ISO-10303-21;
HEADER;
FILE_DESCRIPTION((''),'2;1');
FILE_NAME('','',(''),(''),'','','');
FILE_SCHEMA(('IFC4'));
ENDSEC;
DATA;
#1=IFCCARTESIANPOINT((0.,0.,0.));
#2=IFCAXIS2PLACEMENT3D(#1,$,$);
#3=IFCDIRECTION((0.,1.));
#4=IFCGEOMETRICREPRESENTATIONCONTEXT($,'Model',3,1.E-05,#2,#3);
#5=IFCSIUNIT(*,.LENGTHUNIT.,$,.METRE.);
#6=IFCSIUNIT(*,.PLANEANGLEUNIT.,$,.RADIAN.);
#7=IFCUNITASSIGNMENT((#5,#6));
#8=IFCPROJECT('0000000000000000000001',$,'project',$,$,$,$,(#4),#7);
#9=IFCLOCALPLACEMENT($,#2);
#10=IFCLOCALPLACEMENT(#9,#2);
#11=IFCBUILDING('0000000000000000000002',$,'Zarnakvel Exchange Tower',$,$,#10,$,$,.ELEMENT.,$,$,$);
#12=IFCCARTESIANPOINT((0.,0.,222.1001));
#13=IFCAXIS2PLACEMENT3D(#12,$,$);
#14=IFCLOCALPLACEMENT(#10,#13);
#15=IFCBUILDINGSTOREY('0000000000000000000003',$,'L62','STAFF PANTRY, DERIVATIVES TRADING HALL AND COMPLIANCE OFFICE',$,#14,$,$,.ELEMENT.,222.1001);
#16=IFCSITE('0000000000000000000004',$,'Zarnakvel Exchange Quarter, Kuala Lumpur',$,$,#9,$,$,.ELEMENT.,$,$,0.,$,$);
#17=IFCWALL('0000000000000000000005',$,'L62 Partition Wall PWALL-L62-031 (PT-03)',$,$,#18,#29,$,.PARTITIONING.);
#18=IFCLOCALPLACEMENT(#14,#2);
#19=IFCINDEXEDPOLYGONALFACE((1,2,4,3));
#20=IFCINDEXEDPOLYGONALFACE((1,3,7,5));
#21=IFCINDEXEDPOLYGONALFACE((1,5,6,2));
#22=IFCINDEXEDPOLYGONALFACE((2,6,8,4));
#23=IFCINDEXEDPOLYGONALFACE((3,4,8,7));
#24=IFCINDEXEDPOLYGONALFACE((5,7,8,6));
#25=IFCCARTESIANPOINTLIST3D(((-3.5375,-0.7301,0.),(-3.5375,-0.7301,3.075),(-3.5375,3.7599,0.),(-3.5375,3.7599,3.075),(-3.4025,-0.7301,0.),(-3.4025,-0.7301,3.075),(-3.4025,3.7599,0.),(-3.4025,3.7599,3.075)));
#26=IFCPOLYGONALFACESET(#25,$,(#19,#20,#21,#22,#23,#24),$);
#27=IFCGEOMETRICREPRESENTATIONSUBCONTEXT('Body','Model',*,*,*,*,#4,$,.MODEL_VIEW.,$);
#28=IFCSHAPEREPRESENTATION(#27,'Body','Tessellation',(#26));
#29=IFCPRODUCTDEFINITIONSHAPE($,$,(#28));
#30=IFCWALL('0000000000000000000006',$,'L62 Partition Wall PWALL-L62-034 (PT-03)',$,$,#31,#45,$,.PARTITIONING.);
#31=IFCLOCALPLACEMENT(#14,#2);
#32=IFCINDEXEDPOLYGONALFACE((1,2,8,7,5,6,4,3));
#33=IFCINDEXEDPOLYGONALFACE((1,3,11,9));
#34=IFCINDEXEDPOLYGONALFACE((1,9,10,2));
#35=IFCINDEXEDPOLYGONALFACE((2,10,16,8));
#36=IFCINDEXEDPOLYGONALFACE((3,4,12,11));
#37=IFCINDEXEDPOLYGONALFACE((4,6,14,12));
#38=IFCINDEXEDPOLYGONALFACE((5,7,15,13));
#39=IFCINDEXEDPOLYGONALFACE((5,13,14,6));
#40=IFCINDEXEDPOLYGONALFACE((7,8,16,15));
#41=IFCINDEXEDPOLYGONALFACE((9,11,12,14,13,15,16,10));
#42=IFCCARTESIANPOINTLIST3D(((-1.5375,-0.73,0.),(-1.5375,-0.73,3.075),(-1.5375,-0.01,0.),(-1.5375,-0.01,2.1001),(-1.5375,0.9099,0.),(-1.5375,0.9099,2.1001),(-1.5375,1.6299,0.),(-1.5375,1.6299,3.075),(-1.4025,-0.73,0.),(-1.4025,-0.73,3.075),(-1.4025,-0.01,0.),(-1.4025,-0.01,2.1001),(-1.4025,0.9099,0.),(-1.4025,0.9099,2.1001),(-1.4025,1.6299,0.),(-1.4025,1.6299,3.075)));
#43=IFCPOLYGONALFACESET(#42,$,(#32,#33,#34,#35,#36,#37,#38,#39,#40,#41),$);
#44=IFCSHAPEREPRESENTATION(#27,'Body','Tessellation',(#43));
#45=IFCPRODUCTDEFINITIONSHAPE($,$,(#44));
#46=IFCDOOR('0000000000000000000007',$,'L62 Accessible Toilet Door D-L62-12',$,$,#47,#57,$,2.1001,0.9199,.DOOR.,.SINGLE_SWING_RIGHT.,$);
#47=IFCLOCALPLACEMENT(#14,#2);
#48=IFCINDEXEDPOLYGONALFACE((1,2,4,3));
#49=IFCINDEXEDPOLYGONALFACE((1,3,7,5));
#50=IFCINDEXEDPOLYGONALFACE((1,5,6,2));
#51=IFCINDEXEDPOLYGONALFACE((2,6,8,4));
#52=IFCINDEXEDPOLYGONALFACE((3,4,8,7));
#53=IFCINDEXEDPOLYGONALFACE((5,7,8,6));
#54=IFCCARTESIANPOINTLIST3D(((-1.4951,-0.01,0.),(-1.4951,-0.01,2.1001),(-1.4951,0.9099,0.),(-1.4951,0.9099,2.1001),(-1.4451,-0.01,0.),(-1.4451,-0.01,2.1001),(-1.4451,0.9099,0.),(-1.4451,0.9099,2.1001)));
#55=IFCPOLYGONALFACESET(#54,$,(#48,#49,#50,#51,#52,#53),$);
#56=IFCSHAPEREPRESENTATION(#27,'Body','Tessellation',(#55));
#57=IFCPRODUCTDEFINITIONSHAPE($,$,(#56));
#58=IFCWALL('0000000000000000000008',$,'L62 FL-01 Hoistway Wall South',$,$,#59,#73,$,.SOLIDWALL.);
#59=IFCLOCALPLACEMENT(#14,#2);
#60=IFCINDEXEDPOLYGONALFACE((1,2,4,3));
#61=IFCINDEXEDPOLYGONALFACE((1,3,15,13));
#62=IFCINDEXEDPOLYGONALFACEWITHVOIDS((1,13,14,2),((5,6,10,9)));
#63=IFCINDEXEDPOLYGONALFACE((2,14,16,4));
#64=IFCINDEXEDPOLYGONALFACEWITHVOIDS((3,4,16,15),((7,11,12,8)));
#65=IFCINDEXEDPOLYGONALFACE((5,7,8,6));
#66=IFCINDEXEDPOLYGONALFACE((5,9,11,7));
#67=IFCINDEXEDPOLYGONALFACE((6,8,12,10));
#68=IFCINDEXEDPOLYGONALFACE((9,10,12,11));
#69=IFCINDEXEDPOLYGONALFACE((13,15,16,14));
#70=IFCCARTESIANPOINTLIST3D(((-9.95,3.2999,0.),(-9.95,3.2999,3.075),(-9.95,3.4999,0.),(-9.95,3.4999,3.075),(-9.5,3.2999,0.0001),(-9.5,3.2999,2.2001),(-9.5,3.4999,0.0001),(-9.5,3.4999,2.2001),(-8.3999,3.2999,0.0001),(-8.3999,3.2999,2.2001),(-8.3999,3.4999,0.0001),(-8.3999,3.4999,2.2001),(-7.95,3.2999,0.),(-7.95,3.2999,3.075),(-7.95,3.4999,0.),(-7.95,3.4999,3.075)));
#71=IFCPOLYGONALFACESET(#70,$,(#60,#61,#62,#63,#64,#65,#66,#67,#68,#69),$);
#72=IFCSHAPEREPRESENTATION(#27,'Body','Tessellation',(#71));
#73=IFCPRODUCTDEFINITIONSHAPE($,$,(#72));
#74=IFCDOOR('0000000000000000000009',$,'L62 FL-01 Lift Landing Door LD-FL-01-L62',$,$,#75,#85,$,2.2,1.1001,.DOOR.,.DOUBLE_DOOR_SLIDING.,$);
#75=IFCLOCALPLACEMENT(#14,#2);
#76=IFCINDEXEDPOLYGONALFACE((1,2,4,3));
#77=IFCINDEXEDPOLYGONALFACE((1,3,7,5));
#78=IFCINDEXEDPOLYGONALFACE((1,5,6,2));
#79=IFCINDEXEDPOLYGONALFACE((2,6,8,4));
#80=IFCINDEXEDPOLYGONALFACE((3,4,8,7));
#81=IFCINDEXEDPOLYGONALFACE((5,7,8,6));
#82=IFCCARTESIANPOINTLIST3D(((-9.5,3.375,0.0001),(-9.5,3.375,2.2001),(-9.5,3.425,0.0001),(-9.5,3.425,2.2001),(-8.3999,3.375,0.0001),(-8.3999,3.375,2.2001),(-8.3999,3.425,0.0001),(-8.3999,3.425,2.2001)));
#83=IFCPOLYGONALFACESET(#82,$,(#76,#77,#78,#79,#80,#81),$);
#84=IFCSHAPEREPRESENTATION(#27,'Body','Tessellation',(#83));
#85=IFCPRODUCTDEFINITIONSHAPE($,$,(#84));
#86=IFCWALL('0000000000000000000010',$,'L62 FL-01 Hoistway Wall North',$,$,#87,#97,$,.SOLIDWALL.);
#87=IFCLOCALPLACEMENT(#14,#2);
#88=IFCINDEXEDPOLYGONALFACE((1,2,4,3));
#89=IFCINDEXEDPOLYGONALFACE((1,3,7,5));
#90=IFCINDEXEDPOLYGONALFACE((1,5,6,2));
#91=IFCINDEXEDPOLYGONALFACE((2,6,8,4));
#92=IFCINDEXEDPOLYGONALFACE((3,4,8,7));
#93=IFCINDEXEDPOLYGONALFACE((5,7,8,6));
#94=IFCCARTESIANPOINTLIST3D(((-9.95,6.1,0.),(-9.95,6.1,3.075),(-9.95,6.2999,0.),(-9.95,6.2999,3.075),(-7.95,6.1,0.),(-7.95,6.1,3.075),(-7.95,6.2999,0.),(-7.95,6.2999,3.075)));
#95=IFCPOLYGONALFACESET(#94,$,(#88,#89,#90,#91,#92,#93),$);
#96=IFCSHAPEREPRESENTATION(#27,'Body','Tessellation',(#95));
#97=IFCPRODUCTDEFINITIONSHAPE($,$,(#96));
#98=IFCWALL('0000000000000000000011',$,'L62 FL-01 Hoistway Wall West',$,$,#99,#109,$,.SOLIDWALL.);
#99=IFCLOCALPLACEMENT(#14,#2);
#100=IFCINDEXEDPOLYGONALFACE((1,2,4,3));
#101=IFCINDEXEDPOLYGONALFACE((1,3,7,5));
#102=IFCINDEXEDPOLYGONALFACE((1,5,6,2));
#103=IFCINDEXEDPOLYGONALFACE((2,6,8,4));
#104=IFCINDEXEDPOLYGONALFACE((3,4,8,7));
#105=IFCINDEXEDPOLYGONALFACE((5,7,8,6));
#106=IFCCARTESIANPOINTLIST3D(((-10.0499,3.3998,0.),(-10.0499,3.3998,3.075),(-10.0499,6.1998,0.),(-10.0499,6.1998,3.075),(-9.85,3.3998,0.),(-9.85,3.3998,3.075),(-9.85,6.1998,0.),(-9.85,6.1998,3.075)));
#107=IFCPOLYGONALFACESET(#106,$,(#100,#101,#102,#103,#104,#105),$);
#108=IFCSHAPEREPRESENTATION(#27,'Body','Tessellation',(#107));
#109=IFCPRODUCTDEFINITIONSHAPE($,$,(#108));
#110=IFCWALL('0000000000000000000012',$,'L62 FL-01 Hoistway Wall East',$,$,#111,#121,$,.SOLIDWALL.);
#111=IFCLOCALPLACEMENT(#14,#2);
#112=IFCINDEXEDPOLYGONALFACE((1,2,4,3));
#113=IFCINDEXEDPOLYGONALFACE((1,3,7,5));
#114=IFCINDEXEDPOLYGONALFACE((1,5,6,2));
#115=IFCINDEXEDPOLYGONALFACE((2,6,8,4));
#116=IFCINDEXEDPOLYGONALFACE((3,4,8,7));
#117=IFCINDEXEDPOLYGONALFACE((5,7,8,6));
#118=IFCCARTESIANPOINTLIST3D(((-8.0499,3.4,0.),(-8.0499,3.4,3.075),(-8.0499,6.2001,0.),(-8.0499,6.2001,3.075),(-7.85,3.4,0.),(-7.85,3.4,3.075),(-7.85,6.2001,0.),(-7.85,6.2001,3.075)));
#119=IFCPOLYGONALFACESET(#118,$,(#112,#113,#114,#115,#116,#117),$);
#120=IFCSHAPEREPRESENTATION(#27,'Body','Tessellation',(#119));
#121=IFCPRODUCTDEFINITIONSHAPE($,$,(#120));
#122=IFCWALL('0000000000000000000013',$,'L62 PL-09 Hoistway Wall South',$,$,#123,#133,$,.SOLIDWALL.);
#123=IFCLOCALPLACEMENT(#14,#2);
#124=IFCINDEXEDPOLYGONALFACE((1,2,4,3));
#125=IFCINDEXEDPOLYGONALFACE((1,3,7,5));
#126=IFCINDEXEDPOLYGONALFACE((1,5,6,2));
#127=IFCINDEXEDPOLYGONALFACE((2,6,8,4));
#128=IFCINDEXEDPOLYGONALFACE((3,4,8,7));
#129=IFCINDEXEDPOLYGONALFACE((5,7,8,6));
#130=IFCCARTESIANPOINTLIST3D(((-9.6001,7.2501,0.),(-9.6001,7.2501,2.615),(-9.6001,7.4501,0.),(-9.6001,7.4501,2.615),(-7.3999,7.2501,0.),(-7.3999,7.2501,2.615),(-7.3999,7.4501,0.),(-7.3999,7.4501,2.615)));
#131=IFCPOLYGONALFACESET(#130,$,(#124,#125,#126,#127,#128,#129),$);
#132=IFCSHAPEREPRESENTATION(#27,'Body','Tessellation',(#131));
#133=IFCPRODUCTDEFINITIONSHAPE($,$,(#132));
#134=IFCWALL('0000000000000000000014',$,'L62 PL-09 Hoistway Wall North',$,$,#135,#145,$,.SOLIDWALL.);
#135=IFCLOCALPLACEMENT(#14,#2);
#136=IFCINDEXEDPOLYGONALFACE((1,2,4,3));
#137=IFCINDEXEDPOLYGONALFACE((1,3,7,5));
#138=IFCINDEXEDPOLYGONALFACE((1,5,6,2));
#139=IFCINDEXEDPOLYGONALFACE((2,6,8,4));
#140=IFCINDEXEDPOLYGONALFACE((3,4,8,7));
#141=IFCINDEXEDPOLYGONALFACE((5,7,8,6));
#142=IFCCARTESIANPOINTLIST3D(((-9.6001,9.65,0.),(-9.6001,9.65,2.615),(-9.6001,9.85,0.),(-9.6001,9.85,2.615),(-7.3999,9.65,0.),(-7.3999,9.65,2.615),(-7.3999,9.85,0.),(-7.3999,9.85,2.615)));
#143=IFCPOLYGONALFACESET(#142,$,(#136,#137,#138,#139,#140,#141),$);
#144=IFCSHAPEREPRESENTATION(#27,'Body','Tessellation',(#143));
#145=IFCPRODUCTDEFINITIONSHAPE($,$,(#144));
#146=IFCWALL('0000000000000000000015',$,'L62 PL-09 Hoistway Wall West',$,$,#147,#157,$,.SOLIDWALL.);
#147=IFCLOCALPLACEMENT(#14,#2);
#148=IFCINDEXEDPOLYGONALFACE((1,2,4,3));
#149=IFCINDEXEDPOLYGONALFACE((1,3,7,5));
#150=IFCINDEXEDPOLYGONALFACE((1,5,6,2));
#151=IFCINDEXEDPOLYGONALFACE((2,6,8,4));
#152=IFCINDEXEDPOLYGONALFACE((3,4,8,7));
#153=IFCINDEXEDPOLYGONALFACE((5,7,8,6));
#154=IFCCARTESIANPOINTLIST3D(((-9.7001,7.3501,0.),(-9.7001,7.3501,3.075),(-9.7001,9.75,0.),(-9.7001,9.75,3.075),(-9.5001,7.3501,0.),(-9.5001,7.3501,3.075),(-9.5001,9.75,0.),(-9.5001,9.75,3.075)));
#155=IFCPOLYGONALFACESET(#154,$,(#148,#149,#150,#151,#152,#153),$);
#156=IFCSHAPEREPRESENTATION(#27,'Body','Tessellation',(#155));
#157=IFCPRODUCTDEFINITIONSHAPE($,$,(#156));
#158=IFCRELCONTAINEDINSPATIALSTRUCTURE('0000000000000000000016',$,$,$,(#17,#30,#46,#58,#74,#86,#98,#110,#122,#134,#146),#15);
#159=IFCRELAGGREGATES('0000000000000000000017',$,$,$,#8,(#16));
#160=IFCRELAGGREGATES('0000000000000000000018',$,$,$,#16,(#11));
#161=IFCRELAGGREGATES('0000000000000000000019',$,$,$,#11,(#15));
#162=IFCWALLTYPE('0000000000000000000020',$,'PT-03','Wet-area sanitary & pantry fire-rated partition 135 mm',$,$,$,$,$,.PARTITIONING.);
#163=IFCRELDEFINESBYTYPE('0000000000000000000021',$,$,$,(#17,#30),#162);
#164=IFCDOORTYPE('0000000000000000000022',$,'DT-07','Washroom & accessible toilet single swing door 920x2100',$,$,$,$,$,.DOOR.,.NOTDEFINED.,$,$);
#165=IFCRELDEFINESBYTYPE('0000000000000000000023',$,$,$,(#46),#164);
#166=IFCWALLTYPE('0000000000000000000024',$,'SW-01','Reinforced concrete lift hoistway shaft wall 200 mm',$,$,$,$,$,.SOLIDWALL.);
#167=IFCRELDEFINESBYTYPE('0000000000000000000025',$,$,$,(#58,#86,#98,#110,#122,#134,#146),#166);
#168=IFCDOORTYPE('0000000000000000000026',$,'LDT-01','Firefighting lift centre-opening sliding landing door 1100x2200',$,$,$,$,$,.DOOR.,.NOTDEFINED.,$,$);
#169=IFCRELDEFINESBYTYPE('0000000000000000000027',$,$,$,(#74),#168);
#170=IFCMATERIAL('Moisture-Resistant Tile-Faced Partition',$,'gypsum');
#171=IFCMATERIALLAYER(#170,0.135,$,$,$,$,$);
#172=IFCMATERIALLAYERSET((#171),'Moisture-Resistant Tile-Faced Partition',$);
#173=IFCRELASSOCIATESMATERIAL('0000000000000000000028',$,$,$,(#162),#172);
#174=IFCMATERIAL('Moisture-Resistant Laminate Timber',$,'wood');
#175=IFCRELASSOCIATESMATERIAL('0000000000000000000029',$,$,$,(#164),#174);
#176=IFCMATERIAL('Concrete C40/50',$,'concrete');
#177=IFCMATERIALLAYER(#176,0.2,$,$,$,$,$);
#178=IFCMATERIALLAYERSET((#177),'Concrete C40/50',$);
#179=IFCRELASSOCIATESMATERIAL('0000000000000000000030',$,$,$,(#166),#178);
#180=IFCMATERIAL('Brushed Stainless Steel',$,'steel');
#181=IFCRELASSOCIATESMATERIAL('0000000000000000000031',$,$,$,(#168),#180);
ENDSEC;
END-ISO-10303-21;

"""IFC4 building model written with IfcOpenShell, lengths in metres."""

from ifc_helpers import new_model, si_unit, direction, frame, frame_2d, origin, place, context, subcontext, project, spatial, rectangle, extrude, source, transform, mapped, material, layer, layer_set, type_object, element, fill, save


model = new_model("IFC4")

# Units and contexts
model_context = context("Model", 3, precision=1e-05, world=origin(), true_north=direction((0.0, 1.0)))
body_context = subcontext(model_context, "Body", "Model", "MODEL_VIEW")
ifc_project = project(units=[si_unit("LENGTHUNIT", "METRE"), si_unit("PLANEANGLEUNIT", "RADIAN")], contexts=[model_context])

# Site, building, storey
site_placement = place(None, origin())
site = spatial("IfcSite", under=ifc_project, at=site_placement, Name="Zarnakvel Exchange Quarter, Kuala Lumpur", CompositionType="ELEMENT", RefElevation=0.0)
building_placement = place(site_placement, origin())
building = spatial("IfcBuilding", under=site, at=building_placement, Name="Zarnakvel Exchange Tower", CompositionType="ELEMENT")
storey_placement = place(building_placement, frame((0.0, 0.0, 222.1001)))
storey = spatial("IfcBuildingStorey", under=building, at=storey_placement, Name="L62", Description="STAFF PANTRY, DERIVATIVES TRADING HALL AND COMPLIANCE OFFICE", CompositionType="ELEMENT", Elevation=222.1001)

# Wall
ifc_material_1 = material(Name="Moisture-Resistant Tile-Faced Partition", Category="gypsum")
ifc_layer_1 = layer(ifc_material_1, 0.135)
ifc_layer_set_1 = layer_set([ifc_layer_1], Name="Moisture-Resistant Tile-Faced Partition")
wall_type_1 = type_object("IfcWallType", Name="PT-03", Description="Wet-area sanitary & pantry fire-rated partition 135 mm", PredefinedType="PARTITIONING", material=ifc_layer_set_1)
wall_1_placement = place(storey_placement, frame((-3.47, 3.76, 0.0), z_axis=(0.0, 0.0, 1.0), x_axis=(0.0, -1.0, 0.0)))
element("IfcWall", 1, at=wall_1_placement, inside=storey, type_object=wall_type_1, Name="L62 Partition Wall PWALL-L62-031 (PT-03)", PredefinedType="PARTITIONING", context=body_context, shape_type="SweptSolid", body=[
    extrude(rectangle(XDim=4.49, YDim=0.135, at=frame_2d((2.2451, 0.0))), origin(), (0.0, 0.0, 1.0), 3.075),
])

# Walls, openings, doors
wall_2_placement = place(storey_placement, frame((-1.47, 1.6299, 0.0), z_axis=(0.0, 0.0, 1.0), x_axis=(0.0, -1.0, 0.0)))
wall_2 = element("IfcWall", 2, at=wall_2_placement, inside=storey, type_object=wall_type_1, Name="L62 Partition Wall PWALL-L62-034 (PT-03)", PredefinedType="PARTITIONING", context=body_context, shape_type="SweptSolid", body=[
    extrude(rectangle(XDim=2.3599, YDim=0.135, at=frame_2d((1.1799, 0.0))), origin(), (0.0, 0.0, 1.0), 3.075),
])
opening_1_placement = place(wall_2_placement, frame((0.72, 0.0, 0.0)))
opening_1 = element("IfcOpeningElement", 3, at=opening_1_placement, cuts=wall_2, PredefinedType="OPENING", context=body_context, shape_type="SweptSolid", body=[
    extrude(rectangle(XDim=0.9199, YDim=2.1001, at=frame_2d((0.46, 1.05))), frame((0.0, 0.0774, 0.0), z_axis=(0.0, -1.0, 0.0), x_axis=(1.0, 0.0, 0.0)), (0.0, 0.0, 1.0), 0.155),
])
ifc_material_2 = material(Name="Moisture-Resistant Laminate Timber", Category="wood")
door_type_1 = type_object("IfcDoorType", Name="DT-07", Description="Washroom & accessible toilet single swing door 920x2100", OperationType="NOTDEFINED", PredefinedType="DOOR", material=ifc_material_2)
shared_shape_1 = source(origin(), body_context, "Body", "SweptSolid", [
    extrude(rectangle(XDim=0.9199, YDim=2.1001, at=frame_2d((0.46, 1.05))), frame((0.0, 0.0249, 0.0), z_axis=(0.0, -1.0, 0.0), x_axis=(1.0, 0.0, 0.0)), (0.0, 0.0, 1.0), 0.05),
])
door_1_placement = place(opening_1_placement, origin())
door_1 = element("IfcDoor", 4, at=door_1_placement, inside=storey, type_object=door_type_1, Name="L62 Accessible Toilet Door D-L62-12", OperationType="SINGLE_SWING_RIGHT", OverallHeight=2.1001, OverallWidth=0.9199, PredefinedType="DOOR", context=body_context, shape_type="MappedRepresentation", body=[
    mapped(shared_shape_1, transform((0.0, 0.0, 0.0), x_axis=(1.0, 0.0, 0.0), y_axis=(0.0, 1.0, 0.0), z_axis=(0.0, 0.0, 1.0), scale=1.0)),
])
fill(opening_1, door_1)
ifc_material_3 = material(Name="Concrete C40/50", Category="concrete")
ifc_layer_2 = layer(ifc_material_3, 0.2)
ifc_layer_set_2 = layer_set([ifc_layer_2], Name="Concrete C40/50")
wall_type_2 = type_object("IfcWallType", Name="SW-01", Description="Reinforced concrete lift hoistway shaft wall 200 mm", PredefinedType="SOLIDWALL", material=ifc_layer_set_2)
wall_3_placement = place(storey_placement, frame((-7.95, 3.3999, 0.0), z_axis=(0.0, 0.0, 1.0), x_axis=(-1.0, 0.0, 0.0)))
wall_3 = element("IfcWall", 5, at=wall_3_placement, inside=storey, type_object=wall_type_2, Name="L62 FL-01 Hoistway Wall South", PredefinedType="SOLIDWALL", context=body_context, shape_type="SweptSolid", body=[
    extrude(rectangle(XDim=2.0, YDim=0.2, at=frame_2d((1.0, 0.0))), origin(), (0.0, 0.0, 1.0), 3.075),
])
opening_2_placement = place(wall_3_placement, frame((0.45, 0.0, 0.0)))
opening_2 = element("IfcOpeningElement", 6, at=opening_2_placement, cuts=wall_3, PredefinedType="OPENING", context=body_context, shape_type="SweptSolid", body=[
    extrude(rectangle(XDim=1.1001, YDim=2.2, at=frame_2d((0.55, 1.1001))), frame((0.0, 0.1099, 0.0), z_axis=(0.0, -1.0, 0.0), x_axis=(1.0, 0.0, 0.0)), (0.0, 0.0, 1.0), 0.22),
])
ifc_material_4 = material(Name="Brushed Stainless Steel", Category="steel")
door_type_2 = type_object("IfcDoorType", Name="LDT-01", Description="Firefighting lift centre-opening sliding landing door 1100x2200", OperationType="NOTDEFINED", PredefinedType="DOOR", material=ifc_material_4)
shared_shape_2 = source(origin(), body_context, "Body", "SweptSolid", [
    extrude(rectangle(XDim=1.1001, YDim=2.2, at=frame_2d((0.55, 1.1001))), frame((0.0, 0.0249, 0.0), z_axis=(0.0, -1.0, 0.0), x_axis=(1.0, 0.0, 0.0)), (0.0, 0.0, 1.0), 0.05),
])
door_2_placement = place(opening_2_placement, origin())
door_2 = element("IfcDoor", 7, at=door_2_placement, inside=storey, type_object=door_type_2, Name="L62 FL-01 Lift Landing Door LD-FL-01-L62", OperationType="DOUBLE_DOOR_SLIDING", OverallHeight=2.2, OverallWidth=1.1001, PredefinedType="DOOR", context=body_context, shape_type="MappedRepresentation", body=[
    mapped(shared_shape_2, transform((0.0, 0.0, 0.0), x_axis=(1.0, 0.0, 0.0), y_axis=(0.0, 1.0, 0.0), z_axis=(0.0, 0.0, 1.0), scale=1.0)),
])
fill(opening_2, door_2)

# Walls
wall_4_placement = place(storey_placement, frame((-9.95, 6.2, 0.0), z_axis=(0.0, 0.0, 1.0), x_axis=(1.0, 0.0, 0.0)))
element("IfcWall", 8, at=wall_4_placement, inside=storey, type_object=wall_type_2, Name="L62 FL-01 Hoistway Wall North", PredefinedType="SOLIDWALL", context=body_context, shape_type="SweptSolid", body=[
    extrude(rectangle(XDim=2.0, YDim=0.2, at=frame_2d((1.0, 0.0))), origin(), (0.0, 0.0, 1.0), 3.075),
])
for number, where, z_axis, x_axis, name in (
    (9, (-9.95, 3.3999, 0.0), (0.0, 0.0, 1.0), (0.0, 1.0, 0.0), "L62 FL-01 Hoistway Wall West"),
    (10, (-7.95, 6.2, 0.0), (0.0, 0.0, 1.0), (0.0, -1.0, 0.0), "L62 FL-01 Hoistway Wall East"),
):
    element("IfcWall", number, at=place(storey_placement, frame(where, z_axis=z_axis, x_axis=x_axis)), inside=storey, type_object=wall_type_2, Name=name, PredefinedType="SOLIDWALL", context=body_context, shape_type="SweptSolid", body=[
        extrude(rectangle(XDim=2.8, YDim=0.2, at=frame_2d((1.3999, 0.0))), origin(), (0.0, 0.0, 1.0), 3.075),
    ])
for number, where, z_axis, x_axis, name in (
    (11, (-7.3999, 7.3501, 0.0), (0.0, 0.0, 1.0), (-1.0, 0.0, 0.0), "L62 PL-09 Hoistway Wall South"),
    (12, (-9.6001, 9.75, 0.0), (0.0, 0.0, 1.0), (1.0, 0.0, 0.0), "L62 PL-09 Hoistway Wall North"),
):
    element("IfcWall", number, at=place(storey_placement, frame(where, z_axis=z_axis, x_axis=x_axis)), inside=storey, type_object=wall_type_2, Name=name, PredefinedType="SOLIDWALL", context=body_context, shape_type="SweptSolid", body=[
        extrude(rectangle(XDim=2.2002, YDim=0.2, at=frame_2d((1.1001, 0.0))), origin(), (0.0, 0.0, 1.0), 2.615),
    ])
wall_5_placement = place(storey_placement, frame((-9.6001, 7.3501, 0.0), z_axis=(0.0, 0.0, 1.0), x_axis=(0.0, 1.0, 0.0)))
element("IfcWall", 13, at=wall_5_placement, inside=storey, type_object=wall_type_2, Name="L62 PL-09 Hoistway Wall West", PredefinedType="SOLIDWALL", context=body_context, shape_type="SweptSolid", body=[
    extrude(rectangle(XDim=2.3999, YDim=0.2, at=frame_2d((1.2, 0.0))), origin(), (0.0, 0.0, 1.0), 3.075),
])

save(model, "model.ifc")
